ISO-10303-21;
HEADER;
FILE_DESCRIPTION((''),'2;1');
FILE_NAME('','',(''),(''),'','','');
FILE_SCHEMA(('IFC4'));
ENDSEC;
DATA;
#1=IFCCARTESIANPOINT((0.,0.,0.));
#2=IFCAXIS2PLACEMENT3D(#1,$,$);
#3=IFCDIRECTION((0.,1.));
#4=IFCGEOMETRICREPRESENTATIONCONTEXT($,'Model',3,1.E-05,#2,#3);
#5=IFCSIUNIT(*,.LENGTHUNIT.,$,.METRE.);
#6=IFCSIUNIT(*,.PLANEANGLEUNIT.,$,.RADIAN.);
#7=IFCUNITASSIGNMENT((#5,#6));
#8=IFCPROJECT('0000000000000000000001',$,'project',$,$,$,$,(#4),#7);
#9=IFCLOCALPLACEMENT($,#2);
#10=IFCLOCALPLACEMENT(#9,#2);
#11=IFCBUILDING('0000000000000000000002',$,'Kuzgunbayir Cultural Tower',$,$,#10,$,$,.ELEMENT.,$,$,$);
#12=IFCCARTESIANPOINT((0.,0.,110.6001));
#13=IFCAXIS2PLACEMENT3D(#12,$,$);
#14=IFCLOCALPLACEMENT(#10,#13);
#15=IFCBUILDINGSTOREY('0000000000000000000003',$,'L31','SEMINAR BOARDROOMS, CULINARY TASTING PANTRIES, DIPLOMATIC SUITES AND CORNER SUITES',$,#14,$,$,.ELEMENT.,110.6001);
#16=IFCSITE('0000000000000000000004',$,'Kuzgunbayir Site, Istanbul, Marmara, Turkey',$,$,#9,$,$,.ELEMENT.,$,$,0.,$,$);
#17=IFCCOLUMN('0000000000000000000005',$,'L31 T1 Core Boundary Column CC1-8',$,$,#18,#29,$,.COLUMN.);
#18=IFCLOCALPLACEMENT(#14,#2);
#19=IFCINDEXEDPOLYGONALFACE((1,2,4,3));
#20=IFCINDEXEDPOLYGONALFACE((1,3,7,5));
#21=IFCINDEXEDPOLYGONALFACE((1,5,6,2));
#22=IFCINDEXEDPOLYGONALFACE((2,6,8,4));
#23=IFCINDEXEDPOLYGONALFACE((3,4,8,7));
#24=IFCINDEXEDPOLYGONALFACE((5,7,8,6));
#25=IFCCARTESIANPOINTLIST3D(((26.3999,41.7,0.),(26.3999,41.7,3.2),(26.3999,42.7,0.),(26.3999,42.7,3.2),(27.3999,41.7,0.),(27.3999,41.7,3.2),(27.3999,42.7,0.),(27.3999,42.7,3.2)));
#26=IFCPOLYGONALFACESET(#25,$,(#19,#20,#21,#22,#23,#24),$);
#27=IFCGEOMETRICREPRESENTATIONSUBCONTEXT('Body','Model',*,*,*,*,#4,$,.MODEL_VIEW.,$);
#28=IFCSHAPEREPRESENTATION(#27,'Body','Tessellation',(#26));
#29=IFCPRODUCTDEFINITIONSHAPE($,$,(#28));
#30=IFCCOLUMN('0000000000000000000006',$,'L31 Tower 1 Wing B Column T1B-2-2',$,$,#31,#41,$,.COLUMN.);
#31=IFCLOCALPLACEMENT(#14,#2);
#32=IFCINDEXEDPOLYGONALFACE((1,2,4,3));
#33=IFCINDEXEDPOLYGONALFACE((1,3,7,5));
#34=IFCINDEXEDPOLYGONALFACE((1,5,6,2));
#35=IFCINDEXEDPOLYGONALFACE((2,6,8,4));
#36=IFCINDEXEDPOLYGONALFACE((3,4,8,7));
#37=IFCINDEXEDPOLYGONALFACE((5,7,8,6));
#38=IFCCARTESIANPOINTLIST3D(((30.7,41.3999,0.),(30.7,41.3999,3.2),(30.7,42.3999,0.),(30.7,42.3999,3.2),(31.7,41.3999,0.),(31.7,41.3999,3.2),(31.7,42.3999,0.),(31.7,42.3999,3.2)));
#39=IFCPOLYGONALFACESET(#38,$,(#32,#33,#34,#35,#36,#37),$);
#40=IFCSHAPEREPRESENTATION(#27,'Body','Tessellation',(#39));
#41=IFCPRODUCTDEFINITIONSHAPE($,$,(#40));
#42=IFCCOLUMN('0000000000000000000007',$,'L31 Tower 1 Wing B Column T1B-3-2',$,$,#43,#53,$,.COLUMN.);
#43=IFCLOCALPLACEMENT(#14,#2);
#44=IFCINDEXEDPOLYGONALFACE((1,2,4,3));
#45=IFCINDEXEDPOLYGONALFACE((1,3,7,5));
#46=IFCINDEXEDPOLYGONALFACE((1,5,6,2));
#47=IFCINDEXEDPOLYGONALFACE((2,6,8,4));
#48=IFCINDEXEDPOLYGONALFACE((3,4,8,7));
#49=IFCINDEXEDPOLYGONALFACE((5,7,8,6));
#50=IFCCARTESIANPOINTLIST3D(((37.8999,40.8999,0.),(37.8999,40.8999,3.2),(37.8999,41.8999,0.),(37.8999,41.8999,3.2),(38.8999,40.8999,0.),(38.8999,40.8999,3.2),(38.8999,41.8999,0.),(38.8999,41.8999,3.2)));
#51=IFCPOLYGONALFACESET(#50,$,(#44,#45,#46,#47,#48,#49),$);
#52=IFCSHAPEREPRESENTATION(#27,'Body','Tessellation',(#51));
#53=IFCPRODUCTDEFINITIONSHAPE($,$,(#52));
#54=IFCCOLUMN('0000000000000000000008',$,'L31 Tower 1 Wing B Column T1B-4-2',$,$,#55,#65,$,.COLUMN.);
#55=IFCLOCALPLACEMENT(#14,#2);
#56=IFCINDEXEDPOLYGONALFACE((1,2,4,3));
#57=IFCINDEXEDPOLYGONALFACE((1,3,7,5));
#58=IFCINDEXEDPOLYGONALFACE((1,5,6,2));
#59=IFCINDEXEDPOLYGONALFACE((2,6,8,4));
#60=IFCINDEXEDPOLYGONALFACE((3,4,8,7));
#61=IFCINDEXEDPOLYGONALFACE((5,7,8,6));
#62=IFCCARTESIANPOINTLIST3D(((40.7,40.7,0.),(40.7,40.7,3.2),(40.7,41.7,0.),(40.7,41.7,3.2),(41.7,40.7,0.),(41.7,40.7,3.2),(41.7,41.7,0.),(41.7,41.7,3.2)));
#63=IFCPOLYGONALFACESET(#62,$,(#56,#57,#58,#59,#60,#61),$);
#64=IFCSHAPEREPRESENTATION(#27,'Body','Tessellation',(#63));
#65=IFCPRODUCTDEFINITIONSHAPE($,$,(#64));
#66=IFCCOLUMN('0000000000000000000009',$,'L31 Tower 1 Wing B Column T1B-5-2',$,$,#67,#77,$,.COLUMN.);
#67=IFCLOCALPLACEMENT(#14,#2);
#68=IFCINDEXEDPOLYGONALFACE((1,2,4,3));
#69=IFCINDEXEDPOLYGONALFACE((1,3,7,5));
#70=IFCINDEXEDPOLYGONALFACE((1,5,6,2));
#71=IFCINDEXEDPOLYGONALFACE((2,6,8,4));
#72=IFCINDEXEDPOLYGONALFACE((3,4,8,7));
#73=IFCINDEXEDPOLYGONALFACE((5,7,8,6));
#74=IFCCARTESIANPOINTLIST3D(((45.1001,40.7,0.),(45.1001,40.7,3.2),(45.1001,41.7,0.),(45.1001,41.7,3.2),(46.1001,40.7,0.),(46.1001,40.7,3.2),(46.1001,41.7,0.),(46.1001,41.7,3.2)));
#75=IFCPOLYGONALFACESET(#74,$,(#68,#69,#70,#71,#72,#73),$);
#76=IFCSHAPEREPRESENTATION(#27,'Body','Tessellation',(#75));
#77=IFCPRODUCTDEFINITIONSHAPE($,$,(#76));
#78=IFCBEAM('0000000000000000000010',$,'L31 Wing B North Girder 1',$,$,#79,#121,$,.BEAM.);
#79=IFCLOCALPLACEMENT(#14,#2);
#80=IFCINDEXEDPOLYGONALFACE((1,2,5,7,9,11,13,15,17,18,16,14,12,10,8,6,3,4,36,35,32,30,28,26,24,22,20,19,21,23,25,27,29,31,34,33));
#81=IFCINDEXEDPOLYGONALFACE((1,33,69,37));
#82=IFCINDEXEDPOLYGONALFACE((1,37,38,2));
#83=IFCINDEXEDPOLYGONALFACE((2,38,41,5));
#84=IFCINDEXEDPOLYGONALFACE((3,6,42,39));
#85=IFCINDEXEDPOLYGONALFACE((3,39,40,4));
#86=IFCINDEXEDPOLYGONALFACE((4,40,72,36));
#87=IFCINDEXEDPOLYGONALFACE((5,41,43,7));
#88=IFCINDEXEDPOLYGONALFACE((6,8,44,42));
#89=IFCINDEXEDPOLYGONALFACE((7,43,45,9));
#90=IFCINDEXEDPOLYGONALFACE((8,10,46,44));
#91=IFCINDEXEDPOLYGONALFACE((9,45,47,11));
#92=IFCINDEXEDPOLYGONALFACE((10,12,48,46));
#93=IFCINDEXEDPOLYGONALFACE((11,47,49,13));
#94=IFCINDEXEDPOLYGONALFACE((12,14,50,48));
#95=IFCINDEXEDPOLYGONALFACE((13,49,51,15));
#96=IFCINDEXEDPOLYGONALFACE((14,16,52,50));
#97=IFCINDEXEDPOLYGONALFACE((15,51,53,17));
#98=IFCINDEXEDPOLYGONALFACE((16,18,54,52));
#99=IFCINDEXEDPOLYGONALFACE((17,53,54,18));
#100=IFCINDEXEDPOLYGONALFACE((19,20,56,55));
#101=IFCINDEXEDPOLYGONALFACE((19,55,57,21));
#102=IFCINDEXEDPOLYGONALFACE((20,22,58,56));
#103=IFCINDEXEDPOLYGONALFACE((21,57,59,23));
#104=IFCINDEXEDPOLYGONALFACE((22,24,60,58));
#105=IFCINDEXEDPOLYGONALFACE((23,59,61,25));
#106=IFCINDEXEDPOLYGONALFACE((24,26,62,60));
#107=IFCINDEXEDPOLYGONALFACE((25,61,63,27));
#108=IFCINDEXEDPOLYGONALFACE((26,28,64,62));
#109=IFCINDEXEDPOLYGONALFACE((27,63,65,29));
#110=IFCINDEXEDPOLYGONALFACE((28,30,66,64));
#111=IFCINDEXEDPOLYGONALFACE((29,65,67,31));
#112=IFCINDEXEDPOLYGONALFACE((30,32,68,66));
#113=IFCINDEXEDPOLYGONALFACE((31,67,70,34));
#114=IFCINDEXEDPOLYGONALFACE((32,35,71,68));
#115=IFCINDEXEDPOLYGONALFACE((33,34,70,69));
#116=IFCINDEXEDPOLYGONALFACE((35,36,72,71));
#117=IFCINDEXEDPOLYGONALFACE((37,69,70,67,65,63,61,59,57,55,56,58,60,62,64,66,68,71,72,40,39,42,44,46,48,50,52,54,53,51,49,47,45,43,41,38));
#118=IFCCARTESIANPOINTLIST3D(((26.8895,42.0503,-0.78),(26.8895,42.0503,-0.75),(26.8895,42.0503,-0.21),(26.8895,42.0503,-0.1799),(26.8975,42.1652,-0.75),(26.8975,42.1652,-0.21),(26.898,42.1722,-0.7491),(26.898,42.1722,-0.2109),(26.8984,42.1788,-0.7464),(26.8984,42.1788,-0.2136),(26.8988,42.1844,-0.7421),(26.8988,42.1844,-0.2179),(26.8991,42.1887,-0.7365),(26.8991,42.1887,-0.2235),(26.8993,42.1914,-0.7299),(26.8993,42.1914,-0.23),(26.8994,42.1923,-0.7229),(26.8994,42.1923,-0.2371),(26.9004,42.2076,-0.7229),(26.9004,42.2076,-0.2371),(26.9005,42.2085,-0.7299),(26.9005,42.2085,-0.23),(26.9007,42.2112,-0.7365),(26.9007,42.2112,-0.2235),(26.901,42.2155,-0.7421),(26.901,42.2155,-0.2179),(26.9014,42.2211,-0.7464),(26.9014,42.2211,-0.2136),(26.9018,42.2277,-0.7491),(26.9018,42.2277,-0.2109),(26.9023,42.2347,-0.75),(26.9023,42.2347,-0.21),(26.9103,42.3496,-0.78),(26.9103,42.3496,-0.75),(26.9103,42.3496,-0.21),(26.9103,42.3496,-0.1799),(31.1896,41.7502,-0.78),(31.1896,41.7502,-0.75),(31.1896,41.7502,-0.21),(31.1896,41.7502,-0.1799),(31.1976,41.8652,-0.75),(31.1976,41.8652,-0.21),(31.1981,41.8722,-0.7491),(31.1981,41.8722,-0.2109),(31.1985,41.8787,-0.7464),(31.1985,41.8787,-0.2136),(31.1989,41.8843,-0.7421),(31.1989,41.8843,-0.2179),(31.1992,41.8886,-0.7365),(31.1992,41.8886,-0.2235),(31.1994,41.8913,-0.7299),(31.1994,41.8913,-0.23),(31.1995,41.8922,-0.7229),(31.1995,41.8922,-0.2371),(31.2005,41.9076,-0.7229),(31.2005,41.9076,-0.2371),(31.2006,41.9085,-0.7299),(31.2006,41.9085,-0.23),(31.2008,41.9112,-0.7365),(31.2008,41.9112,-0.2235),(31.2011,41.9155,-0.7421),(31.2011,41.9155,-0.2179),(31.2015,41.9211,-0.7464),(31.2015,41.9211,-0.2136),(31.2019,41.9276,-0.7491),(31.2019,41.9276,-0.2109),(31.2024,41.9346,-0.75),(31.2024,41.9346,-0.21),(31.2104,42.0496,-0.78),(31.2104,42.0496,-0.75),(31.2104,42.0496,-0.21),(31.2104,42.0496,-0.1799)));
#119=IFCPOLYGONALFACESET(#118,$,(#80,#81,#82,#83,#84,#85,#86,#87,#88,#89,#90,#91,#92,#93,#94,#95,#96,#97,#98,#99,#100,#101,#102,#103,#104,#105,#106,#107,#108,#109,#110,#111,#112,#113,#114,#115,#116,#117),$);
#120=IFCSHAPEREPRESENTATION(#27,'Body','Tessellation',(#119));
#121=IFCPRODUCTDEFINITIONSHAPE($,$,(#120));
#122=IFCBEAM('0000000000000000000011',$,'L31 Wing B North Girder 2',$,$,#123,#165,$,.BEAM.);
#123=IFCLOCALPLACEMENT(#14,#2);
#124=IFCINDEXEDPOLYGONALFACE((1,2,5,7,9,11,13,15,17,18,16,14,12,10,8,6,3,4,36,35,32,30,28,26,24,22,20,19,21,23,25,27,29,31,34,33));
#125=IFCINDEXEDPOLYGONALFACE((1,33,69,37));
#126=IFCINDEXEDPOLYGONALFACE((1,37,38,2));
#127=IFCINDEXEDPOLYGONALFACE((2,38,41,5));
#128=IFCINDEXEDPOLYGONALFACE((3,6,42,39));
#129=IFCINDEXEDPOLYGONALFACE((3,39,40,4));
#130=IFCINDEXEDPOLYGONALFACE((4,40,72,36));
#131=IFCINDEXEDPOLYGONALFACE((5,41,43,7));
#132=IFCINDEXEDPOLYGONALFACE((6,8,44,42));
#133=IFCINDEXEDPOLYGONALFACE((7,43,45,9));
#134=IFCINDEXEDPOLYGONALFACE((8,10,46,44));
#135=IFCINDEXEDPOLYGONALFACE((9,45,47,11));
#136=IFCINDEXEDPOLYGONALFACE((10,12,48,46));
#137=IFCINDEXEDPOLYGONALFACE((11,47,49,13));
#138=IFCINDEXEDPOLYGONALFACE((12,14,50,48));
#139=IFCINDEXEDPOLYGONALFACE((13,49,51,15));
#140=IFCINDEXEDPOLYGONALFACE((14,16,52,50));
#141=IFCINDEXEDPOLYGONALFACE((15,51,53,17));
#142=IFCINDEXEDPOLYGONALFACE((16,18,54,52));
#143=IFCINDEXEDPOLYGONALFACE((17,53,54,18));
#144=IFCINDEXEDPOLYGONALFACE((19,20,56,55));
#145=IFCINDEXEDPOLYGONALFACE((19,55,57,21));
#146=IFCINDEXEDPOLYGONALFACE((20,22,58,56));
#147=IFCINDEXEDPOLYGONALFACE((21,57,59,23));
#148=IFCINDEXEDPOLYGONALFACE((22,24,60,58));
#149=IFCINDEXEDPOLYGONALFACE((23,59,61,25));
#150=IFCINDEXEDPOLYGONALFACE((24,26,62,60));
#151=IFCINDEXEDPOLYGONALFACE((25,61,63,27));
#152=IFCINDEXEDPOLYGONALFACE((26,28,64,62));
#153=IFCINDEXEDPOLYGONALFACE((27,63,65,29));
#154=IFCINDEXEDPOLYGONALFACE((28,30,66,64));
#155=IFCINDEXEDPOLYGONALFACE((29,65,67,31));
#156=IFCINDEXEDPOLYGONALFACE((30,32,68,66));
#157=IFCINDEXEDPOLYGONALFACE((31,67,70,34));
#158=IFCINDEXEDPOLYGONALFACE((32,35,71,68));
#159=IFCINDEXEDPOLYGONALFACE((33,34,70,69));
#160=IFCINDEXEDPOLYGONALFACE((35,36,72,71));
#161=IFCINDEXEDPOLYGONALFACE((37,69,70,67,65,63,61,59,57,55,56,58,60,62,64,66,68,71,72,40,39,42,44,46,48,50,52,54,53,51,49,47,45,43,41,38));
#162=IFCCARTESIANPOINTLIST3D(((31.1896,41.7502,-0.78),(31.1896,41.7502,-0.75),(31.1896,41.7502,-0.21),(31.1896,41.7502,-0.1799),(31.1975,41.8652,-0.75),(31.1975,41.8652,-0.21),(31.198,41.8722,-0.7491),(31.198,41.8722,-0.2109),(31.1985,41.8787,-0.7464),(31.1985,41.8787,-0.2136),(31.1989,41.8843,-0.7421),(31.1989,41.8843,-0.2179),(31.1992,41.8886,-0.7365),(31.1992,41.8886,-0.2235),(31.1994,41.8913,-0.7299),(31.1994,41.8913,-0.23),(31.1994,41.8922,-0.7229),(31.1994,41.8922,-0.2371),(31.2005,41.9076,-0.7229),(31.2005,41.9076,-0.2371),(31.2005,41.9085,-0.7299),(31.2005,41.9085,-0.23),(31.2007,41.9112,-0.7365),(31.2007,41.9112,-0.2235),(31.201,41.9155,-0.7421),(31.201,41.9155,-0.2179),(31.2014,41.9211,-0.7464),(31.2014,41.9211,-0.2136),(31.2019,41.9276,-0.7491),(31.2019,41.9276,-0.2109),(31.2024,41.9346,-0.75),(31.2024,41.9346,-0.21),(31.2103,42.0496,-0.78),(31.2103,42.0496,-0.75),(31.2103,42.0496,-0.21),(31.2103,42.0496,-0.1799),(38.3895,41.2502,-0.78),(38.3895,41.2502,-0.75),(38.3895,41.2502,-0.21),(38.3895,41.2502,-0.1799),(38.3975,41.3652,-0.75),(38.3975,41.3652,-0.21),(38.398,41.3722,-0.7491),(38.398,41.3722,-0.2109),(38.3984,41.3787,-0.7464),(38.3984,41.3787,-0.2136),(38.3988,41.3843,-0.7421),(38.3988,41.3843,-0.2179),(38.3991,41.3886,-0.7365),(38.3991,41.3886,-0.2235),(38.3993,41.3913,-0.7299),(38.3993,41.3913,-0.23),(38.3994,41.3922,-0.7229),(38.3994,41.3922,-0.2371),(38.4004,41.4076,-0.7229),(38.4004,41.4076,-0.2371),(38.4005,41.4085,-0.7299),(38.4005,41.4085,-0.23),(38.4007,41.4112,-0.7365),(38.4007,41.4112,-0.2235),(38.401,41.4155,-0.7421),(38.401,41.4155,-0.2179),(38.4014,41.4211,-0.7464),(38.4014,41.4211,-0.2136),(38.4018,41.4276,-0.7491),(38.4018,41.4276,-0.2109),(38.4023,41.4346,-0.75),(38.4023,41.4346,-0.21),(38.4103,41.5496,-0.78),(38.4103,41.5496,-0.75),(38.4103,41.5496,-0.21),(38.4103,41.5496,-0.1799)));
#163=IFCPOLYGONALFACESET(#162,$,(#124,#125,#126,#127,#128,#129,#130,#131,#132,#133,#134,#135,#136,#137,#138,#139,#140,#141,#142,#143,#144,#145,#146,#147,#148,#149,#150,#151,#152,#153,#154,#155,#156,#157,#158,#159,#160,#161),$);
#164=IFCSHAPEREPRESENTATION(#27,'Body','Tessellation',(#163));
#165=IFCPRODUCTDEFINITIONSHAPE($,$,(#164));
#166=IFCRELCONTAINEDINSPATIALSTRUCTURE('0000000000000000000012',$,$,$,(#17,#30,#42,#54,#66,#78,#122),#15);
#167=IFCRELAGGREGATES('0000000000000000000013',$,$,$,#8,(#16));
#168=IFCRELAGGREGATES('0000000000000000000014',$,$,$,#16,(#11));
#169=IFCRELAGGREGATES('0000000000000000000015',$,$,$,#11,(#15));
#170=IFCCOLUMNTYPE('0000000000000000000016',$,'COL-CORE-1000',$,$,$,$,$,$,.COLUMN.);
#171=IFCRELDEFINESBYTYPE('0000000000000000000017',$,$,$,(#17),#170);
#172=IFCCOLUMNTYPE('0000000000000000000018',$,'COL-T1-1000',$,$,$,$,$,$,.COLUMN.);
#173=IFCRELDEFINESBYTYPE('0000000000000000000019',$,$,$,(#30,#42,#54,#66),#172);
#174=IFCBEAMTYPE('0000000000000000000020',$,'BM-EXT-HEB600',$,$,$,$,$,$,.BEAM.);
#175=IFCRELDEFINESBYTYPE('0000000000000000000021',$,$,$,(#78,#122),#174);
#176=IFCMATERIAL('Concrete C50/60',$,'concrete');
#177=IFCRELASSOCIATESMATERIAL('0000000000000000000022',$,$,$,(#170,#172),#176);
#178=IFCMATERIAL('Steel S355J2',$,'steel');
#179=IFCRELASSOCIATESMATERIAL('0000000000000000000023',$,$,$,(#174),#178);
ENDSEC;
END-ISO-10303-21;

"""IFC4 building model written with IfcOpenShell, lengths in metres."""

from ifc_helpers import new_model, si_unit, direction, frame, origin, origin_2d, place, context, subcontext, project, spatial, rectangle, i_section, extrude, material, material_profile, profile_set, type_object, element, save


model = new_model("IFC4")

# Units and contexts
model_context = context("Model", 3, precision=1e-05, world=origin(), true_north=direction((0.0, 1.0)))
body_context = subcontext(model_context, "Body", "Model", "MODEL_VIEW")
ifc_project = project(units=[si_unit("LENGTHUNIT", "METRE"), si_unit("PLANEANGLEUNIT", "RADIAN")], contexts=[model_context])

# Site, building, storey
site_placement = place(None, origin())
site = spatial("IfcSite", under=ifc_project, at=site_placement, Name="Kuzgunbayir Site, Istanbul, Marmara, Turkey", CompositionType="ELEMENT", RefElevation=0.0)
building_placement = place(site_placement, origin())
building = spatial("IfcBuilding", under=site, at=building_placement, Name="Kuzgunbayir Cultural Tower", CompositionType="ELEMENT")
storey_placement = place(building_placement, frame((0.0, 0.0, 110.6001)))
storey = spatial("IfcBuildingStorey", under=building, at=storey_placement, Name="L31", Description="SEMINAR BOARDROOMS, CULINARY TASTING PANTRIES, DIPLOMATIC SUITES AND CORNER SUITES", CompositionType="ELEMENT", Elevation=110.6001)

# Columns
ifc_material_1 = material(Name="Concrete C50/60", Category="concrete")
ifc_material_profile_1 = material_profile(ifc_material_1, rectangle(XDim=1.0, YDim=1.0, at=origin_2d()), Name="RC 1000x1000")
ifc_profile_set_1 = profile_set([ifc_material_profile_1], Name="Concrete C50/60")
column_type_1 = type_object("IfcColumnType", Name="COL-CORE-1000", PredefinedType="COLUMN", material=ifc_profile_set_1)
column_placement = place(storey_placement, frame((26.8999, 42.2, 0.0), z_axis=(0.0, 0.0, 1.0), x_axis=(1.0, 0.0, 0.0)))
element("IfcColumn", 1, at=column_placement, inside=storey, type_object=column_type_1, Name="L31 T1 Core Boundary Column CC1-8", PredefinedType="COLUMN", context=body_context, shape_type="SweptSolid", body=[
    extrude(rectangle(XDim=1.0, YDim=1.0, at=origin_2d()), origin(), (0.0, 0.0, 1.0), 3.2),
])
ifc_material_profile_2 = material_profile(ifc_material_1, rectangle(XDim=1.0, YDim=1.0, at=origin_2d()), Name="RC 1000x1000")
ifc_profile_set_2 = profile_set([ifc_material_profile_2], Name="Concrete C50/60")
column_type_2 = type_object("IfcColumnType", Name="COL-T1-1000", PredefinedType="COLUMN", material=ifc_profile_set_2)
for number, where, z_axis, x_axis, name in (
    (2, (31.2, 41.8999, 0.0), (0.0, 0.0, 1.0), (1.0, 0.0, 0.0), "L31 Tower 1 Wing B Column T1B-2-2"),
    (3, (38.3999, 41.3999, 0.0), (0.0, 0.0, 1.0), (1.0, 0.0, 0.0), "L31 Tower 1 Wing B Column T1B-3-2"),
    (4, (41.2, 41.2, 0.0), (0.0, 0.0, 1.0), (1.0, 0.0, 0.0), "L31 Tower 1 Wing B Column T1B-4-2"),
    (5, (45.6001, 41.2, 0.0), (0.0, 0.0, 1.0), (1.0, 0.0, 0.0), "L31 Tower 1 Wing B Column T1B-5-2"),
):
    element("IfcColumn", number, at=place(storey_placement, frame(where, z_axis=z_axis, x_axis=x_axis)), inside=storey, type_object=column_type_2, Name=name, PredefinedType="COLUMN", context=body_context, shape_type="SweptSolid", body=[
        extrude(rectangle(XDim=1.0, YDim=1.0, at=origin_2d()), origin(), (0.0, 0.0, 1.0), 3.2),
    ])

# Beams
ifc_material_2 = material(Name="Steel S355J2", Category="steel")
ifc_material_profile_3 = material_profile(ifc_material_2, i_section(OverallWidth=0.3, OverallDepth=0.6001, WebThickness=0.0154, FlangeThickness=0.03, FilletRadius=0.0271, at=origin_2d()), Name="HEB 600")
ifc_profile_set_3 = profile_set([ifc_material_profile_3], Name="Steel S355J2")
beam_type_1 = type_object("IfcBeamType", Name="BM-EXT-HEB600", PredefinedType="BEAM", material=ifc_profile_set_3)
beam_1_placement = place(storey_placement, frame((26.8999, 42.2, -0.48), z_axis=(0.997574, -0.069609, 0.0), x_axis=(0.069609, 0.997574, 0.0)))
element("IfcBeam", 6, at=beam_1_placement, inside=storey, type_object=beam_type_1, Name="L31 Wing B North Girder 1", PredefinedType="BEAM", context=body_context, shape_type="SweptSolid", body=[
    extrude(i_section(OverallWidth=0.3, OverallDepth=0.6001, WebThickness=0.0154, FlangeThickness=0.03, FilletRadius=0.0271, at=origin_2d()), origin(), (0.0, 0.0, 1.0), 4.3105),
])
beam_2_placement = place(storey_placement, frame((31.2, 41.8999, -0.48), z_axis=(0.997597, -0.069278, 0.0), x_axis=(0.069278, 0.997597, 0.0)))
element("IfcBeam", 7, at=beam_2_placement, inside=storey, type_object=beam_type_1, Name="L31 Wing B North Girder 2", PredefinedType="BEAM", context=body_context, shape_type="SweptSolid", body=[
    extrude(i_section(OverallWidth=0.3, OverallDepth=0.6001, WebThickness=0.0154, FlangeThickness=0.03, FilletRadius=0.0271, at=origin_2d()), origin(), (0.0, 0.0, 1.0), 7.2173),
])

save(model, "model.ifc")
